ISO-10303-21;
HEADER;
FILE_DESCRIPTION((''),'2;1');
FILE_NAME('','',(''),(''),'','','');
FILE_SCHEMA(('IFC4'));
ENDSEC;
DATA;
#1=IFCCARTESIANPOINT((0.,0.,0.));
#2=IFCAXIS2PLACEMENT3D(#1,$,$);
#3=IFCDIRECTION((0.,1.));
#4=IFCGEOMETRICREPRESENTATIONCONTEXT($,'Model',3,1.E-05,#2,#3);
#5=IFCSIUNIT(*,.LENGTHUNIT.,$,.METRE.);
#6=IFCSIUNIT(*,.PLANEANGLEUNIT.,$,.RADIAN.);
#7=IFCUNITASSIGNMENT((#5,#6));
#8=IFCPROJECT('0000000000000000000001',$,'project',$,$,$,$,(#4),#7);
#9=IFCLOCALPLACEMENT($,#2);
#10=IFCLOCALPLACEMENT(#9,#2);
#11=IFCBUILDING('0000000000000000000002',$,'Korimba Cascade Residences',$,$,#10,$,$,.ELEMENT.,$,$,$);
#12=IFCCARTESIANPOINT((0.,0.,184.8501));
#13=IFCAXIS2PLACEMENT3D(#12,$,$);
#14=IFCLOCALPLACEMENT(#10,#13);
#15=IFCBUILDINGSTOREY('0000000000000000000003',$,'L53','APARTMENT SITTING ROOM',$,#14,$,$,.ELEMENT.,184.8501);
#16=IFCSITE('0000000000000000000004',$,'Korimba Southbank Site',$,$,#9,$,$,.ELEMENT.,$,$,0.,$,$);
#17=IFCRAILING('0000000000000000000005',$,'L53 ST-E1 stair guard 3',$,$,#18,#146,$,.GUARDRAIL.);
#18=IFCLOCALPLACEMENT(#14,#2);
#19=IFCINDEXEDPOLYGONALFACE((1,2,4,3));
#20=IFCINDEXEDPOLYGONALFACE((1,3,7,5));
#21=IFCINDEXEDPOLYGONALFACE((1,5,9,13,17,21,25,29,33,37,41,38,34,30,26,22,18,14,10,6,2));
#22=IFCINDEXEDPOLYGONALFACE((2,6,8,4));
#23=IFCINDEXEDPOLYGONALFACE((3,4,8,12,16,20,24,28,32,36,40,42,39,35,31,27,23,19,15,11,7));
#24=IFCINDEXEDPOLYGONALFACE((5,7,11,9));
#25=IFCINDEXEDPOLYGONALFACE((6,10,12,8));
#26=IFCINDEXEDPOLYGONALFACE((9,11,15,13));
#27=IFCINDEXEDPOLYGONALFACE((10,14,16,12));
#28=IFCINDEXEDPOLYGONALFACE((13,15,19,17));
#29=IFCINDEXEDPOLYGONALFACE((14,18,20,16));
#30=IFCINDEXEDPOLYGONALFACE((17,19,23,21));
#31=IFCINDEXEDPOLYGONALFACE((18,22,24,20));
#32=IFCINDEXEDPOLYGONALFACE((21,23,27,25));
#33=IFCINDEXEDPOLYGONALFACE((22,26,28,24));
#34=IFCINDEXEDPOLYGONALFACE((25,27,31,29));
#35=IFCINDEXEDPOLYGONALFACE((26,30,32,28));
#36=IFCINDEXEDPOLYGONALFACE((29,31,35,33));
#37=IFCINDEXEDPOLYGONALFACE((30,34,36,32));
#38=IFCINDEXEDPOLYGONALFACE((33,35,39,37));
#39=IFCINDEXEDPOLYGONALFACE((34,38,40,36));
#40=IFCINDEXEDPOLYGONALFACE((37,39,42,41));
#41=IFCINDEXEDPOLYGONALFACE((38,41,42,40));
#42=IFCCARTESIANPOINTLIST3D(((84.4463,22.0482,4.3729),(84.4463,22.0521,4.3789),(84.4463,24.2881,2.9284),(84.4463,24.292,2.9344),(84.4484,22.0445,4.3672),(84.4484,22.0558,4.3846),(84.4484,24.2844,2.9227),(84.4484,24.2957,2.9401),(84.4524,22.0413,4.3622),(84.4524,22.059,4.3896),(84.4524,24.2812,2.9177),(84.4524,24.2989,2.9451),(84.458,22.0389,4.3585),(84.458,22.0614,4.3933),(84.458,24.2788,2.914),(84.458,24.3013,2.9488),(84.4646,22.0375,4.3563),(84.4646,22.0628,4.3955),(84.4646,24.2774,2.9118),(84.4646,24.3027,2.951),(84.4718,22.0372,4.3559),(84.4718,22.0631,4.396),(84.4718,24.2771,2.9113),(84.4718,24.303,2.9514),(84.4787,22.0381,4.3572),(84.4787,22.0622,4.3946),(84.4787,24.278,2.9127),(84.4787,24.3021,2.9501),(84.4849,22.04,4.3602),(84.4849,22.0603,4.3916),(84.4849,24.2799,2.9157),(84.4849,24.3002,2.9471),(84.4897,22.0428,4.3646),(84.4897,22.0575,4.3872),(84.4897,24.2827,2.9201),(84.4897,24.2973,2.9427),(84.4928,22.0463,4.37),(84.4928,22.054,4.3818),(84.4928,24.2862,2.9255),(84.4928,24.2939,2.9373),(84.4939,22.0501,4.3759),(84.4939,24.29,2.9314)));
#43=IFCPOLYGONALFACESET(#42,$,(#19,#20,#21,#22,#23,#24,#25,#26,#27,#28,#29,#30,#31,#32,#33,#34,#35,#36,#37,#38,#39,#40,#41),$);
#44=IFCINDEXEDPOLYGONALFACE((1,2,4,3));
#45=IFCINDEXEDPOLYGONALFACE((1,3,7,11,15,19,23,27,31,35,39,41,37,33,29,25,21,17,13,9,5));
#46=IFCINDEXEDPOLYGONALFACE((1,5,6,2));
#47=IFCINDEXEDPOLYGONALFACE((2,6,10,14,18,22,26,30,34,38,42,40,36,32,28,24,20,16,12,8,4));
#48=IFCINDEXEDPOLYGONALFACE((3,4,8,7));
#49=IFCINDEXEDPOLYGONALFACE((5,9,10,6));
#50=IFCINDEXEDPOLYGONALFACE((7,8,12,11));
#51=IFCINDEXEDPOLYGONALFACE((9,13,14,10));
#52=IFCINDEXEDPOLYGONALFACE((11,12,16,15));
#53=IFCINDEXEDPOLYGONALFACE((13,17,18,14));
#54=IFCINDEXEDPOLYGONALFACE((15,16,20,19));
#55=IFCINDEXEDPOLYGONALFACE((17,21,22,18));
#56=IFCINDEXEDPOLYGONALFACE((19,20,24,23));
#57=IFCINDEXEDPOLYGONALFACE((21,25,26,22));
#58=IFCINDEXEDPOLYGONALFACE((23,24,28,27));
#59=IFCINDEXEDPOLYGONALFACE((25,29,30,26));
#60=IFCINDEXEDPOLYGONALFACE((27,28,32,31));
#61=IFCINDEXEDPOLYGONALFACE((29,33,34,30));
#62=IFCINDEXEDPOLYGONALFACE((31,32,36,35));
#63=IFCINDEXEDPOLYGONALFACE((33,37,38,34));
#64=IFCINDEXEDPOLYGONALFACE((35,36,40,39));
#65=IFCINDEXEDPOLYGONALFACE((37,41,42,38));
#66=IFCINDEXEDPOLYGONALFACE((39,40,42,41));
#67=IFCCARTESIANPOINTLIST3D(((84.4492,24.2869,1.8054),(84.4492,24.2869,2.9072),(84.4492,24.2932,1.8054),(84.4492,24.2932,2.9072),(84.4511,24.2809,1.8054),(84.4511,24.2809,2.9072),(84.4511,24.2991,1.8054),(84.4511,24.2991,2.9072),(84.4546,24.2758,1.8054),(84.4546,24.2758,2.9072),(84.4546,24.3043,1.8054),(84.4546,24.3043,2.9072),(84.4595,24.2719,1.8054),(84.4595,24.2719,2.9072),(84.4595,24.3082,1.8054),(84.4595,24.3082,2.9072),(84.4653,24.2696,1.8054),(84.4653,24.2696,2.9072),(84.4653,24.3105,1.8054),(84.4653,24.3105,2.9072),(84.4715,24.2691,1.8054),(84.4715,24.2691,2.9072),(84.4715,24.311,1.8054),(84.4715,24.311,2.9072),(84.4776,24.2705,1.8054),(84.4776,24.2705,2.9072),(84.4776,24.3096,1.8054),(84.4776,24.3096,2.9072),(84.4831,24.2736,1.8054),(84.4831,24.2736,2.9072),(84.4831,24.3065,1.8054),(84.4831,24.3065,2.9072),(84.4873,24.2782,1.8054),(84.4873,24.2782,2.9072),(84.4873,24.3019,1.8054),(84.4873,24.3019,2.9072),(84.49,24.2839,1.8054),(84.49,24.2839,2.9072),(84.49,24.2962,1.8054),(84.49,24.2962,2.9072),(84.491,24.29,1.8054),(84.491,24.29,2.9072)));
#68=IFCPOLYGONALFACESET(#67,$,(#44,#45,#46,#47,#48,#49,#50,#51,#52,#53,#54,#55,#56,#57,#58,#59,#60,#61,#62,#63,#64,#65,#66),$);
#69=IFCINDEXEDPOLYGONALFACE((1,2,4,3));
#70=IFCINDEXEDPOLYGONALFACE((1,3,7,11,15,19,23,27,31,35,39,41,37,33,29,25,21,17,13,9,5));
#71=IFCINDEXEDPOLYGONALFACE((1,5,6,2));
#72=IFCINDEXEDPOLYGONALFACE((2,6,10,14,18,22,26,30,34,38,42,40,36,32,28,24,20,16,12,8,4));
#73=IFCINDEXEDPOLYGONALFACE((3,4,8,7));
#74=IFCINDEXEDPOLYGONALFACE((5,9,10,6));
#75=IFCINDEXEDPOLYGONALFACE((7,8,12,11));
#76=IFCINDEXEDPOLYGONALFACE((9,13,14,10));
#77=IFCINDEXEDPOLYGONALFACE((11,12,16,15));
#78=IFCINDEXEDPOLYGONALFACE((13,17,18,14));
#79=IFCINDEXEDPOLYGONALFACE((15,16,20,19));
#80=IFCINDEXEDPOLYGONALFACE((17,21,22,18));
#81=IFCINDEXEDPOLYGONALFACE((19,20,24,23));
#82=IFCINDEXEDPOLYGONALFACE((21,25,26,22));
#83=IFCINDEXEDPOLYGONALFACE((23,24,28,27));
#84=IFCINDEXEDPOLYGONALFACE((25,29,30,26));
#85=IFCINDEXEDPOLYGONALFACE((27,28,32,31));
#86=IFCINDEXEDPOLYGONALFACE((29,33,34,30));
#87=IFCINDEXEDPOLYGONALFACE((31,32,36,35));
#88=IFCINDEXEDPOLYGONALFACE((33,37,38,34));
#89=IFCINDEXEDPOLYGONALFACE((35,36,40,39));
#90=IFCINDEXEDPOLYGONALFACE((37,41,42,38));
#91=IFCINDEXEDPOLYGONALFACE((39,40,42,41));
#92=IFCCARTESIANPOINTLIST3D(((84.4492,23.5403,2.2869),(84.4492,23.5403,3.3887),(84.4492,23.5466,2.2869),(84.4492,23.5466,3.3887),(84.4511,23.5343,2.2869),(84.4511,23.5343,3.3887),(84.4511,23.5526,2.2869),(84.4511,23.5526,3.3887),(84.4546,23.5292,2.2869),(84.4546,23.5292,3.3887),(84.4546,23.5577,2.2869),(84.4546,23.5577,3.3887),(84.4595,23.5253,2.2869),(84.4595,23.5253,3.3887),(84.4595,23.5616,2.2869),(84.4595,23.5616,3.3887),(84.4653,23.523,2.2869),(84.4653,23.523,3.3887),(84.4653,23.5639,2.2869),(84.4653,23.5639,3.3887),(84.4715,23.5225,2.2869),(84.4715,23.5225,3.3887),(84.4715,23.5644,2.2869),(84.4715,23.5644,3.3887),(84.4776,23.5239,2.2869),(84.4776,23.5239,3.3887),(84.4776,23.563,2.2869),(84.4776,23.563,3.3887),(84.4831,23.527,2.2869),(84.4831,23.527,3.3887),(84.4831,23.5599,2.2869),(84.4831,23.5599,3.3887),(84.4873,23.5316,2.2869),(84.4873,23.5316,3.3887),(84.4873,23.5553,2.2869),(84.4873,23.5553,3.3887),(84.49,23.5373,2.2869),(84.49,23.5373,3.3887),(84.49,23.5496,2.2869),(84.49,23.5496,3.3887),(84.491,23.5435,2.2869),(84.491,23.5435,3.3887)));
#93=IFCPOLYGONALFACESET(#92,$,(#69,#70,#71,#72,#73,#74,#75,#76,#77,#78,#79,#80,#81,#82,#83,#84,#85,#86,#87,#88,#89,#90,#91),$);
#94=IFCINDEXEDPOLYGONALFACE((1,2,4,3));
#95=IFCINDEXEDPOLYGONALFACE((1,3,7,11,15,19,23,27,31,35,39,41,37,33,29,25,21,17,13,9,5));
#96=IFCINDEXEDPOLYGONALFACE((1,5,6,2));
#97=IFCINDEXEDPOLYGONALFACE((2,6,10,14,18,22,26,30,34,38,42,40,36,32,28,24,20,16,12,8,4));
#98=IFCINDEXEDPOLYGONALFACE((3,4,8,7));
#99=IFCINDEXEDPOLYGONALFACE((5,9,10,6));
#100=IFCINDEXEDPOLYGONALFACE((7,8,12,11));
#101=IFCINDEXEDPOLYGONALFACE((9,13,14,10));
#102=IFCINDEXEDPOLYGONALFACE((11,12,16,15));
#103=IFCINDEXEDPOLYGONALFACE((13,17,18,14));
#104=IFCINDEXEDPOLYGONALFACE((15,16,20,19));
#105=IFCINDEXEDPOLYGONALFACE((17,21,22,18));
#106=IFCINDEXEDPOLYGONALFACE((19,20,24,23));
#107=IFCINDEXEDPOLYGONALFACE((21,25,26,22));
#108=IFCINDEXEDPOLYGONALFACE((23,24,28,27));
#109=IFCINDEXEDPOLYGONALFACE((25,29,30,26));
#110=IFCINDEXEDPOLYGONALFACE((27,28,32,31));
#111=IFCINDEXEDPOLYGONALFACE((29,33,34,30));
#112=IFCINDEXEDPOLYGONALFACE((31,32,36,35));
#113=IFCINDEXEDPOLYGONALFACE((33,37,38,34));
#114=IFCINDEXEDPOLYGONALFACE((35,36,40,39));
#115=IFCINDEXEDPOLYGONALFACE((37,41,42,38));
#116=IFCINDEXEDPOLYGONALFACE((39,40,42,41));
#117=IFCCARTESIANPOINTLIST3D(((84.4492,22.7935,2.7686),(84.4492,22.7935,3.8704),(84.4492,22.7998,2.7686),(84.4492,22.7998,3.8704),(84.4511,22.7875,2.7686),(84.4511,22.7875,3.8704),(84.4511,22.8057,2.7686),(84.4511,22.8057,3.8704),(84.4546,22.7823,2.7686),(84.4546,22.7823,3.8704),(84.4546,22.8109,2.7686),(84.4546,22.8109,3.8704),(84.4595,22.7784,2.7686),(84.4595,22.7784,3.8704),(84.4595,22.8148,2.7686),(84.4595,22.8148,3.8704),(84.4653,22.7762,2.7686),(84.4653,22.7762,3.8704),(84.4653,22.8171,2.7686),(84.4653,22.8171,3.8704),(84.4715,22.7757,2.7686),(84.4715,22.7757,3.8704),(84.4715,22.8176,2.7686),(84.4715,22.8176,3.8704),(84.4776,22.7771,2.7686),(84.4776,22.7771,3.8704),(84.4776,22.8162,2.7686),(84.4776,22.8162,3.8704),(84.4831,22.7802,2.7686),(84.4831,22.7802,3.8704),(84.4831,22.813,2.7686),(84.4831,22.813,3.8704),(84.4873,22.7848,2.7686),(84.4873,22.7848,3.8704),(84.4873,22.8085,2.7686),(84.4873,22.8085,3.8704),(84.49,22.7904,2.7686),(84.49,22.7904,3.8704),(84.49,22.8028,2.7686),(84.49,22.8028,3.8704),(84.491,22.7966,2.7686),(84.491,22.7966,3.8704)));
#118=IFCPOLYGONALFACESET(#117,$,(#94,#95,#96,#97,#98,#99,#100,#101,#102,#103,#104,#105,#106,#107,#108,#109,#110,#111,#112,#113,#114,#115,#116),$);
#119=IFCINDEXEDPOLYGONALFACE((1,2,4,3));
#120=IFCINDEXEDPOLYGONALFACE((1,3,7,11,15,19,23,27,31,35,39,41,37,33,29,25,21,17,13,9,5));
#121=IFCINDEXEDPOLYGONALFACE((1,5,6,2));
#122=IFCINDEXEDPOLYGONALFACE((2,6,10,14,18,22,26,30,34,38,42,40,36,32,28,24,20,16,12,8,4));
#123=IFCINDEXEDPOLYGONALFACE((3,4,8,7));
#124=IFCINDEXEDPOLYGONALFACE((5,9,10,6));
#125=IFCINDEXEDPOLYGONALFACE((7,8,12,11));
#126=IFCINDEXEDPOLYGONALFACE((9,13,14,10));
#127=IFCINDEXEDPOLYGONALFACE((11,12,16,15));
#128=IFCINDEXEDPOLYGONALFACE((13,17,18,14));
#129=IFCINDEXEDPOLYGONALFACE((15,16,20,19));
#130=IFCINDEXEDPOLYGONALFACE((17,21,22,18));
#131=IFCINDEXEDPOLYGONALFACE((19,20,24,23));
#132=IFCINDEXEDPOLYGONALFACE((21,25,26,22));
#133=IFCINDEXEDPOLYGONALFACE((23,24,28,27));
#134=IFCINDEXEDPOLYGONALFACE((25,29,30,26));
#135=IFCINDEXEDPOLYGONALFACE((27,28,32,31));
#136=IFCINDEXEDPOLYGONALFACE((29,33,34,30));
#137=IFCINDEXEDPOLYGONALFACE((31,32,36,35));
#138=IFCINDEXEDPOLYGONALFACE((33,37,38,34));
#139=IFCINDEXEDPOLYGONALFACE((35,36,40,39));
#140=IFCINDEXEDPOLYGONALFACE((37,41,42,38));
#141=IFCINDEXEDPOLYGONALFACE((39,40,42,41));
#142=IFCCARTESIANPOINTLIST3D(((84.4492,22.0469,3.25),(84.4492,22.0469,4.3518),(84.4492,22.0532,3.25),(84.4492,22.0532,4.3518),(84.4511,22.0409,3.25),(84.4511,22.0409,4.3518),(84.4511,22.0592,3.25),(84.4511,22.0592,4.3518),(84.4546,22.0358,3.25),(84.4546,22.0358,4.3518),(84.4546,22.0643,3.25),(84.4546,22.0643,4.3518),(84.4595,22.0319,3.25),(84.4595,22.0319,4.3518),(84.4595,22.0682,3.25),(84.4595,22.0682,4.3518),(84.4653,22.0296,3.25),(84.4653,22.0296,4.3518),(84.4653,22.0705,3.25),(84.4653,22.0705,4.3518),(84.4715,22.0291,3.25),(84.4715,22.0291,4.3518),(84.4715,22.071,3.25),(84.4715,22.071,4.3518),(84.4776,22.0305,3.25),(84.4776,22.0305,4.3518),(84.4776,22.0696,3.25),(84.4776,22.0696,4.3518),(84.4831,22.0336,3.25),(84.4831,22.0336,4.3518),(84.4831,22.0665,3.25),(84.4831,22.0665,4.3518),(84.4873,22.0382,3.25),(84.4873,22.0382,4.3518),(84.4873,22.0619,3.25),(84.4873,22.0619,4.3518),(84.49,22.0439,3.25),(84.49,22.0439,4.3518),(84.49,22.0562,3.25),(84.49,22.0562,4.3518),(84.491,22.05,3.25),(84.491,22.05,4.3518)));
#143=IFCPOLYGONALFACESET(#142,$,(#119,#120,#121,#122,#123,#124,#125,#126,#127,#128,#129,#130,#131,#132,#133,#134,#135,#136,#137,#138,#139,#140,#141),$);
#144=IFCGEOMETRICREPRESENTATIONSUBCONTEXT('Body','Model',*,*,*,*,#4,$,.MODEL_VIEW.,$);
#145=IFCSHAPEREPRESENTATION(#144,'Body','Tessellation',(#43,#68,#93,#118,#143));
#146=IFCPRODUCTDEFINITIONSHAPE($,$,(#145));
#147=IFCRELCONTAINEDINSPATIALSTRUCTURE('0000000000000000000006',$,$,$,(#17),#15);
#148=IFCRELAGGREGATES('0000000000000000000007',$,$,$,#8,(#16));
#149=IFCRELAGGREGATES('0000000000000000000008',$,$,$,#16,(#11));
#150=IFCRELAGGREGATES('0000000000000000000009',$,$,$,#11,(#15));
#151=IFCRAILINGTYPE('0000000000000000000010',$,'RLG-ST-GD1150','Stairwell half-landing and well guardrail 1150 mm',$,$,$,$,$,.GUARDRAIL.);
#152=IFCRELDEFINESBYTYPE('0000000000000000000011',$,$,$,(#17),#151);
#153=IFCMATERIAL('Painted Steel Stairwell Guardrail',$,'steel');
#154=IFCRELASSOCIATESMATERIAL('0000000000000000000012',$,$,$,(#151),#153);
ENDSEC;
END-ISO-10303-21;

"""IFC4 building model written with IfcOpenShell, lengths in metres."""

from ifc_helpers import new_model, si_unit, direction, frame, origin, origin_2d, place, context, subcontext, project, spatial, circle, extrude, material, type_object, element, save


model = new_model("IFC4")

# Units and contexts
model_context = context("Model", 3, precision=1e-05, world=origin(), true_north=direction((0.0, 1.0)))
body_context = subcontext(model_context, "Body", "Model", "MODEL_VIEW")
ifc_project = project(units=[si_unit("LENGTHUNIT", "METRE"), si_unit("PLANEANGLEUNIT", "RADIAN")], contexts=[model_context])

# Site, building, storey
site_placement = place(None, origin())
site = spatial("IfcSite", under=ifc_project, at=site_placement, Name="Korimba Southbank Site", CompositionType="ELEMENT", RefElevation=0.0)
building_placement = place(site_placement, origin())
building = spatial("IfcBuilding", under=site, at=building_placement, Name="Korimba Cascade Residences", CompositionType="ELEMENT")
storey_placement = place(building_placement, frame((0.0, 0.0, 184.8501)))
storey = spatial("IfcBuildingStorey", under=building, at=storey_placement, Name="L53", Description="APARTMENT SITTING ROOM", CompositionType="ELEMENT", Elevation=184.8501)

# Railing
ifc_material_1 = material(Name="Painted Steel Stairwell Guardrail", Category="steel")
railing_type_1 = type_object("IfcRailingType", Name="RLG-ST-GD1150", Description="Stairwell half-landing and well guardrail 1150 mm", PredefinedType="GUARDRAIL", material=ifc_material_1)
railing_1_placement = place(storey_placement, frame((84.47, 24.29, 1.8054)))
element("IfcRailing", 1, at=railing_1_placement, inside=storey, type_object=railing_type_1, Name="L53 ST-E1 stair guard 3", PredefinedType="GUARDRAIL", context=body_context, shape_type="SweptSolid", body=[
    extrude(circle(Radius=0.0239, at=origin_2d()), frame((0.0, 0.0, 1.126), z_axis=(0.0, -0.840395, 0.541975), x_axis=(1.0, 0.0, 0.0)), (0.0, 0.0, 1.0), 2.6653),
    extrude(circle(Radius=0.021, at=origin_2d()), origin(), (0.0, 0.0, 1.0), 1.1018),
    extrude(circle(Radius=0.021, at=origin_2d()), frame((0.0, -0.7466, 0.4814)), (0.0, 0.0, 1.0), 1.1018),
    extrude(circle(Radius=0.021, at=origin_2d()), frame((0.0, -1.4934, 0.9631)), (0.0, 0.0, 1.0), 1.1018),
    extrude(circle(Radius=0.021, at=origin_2d()), frame((0.0, -2.24, 1.4446)), (0.0, 0.0, 1.0), 1.1018),
])

save(model, "model.ifc")
